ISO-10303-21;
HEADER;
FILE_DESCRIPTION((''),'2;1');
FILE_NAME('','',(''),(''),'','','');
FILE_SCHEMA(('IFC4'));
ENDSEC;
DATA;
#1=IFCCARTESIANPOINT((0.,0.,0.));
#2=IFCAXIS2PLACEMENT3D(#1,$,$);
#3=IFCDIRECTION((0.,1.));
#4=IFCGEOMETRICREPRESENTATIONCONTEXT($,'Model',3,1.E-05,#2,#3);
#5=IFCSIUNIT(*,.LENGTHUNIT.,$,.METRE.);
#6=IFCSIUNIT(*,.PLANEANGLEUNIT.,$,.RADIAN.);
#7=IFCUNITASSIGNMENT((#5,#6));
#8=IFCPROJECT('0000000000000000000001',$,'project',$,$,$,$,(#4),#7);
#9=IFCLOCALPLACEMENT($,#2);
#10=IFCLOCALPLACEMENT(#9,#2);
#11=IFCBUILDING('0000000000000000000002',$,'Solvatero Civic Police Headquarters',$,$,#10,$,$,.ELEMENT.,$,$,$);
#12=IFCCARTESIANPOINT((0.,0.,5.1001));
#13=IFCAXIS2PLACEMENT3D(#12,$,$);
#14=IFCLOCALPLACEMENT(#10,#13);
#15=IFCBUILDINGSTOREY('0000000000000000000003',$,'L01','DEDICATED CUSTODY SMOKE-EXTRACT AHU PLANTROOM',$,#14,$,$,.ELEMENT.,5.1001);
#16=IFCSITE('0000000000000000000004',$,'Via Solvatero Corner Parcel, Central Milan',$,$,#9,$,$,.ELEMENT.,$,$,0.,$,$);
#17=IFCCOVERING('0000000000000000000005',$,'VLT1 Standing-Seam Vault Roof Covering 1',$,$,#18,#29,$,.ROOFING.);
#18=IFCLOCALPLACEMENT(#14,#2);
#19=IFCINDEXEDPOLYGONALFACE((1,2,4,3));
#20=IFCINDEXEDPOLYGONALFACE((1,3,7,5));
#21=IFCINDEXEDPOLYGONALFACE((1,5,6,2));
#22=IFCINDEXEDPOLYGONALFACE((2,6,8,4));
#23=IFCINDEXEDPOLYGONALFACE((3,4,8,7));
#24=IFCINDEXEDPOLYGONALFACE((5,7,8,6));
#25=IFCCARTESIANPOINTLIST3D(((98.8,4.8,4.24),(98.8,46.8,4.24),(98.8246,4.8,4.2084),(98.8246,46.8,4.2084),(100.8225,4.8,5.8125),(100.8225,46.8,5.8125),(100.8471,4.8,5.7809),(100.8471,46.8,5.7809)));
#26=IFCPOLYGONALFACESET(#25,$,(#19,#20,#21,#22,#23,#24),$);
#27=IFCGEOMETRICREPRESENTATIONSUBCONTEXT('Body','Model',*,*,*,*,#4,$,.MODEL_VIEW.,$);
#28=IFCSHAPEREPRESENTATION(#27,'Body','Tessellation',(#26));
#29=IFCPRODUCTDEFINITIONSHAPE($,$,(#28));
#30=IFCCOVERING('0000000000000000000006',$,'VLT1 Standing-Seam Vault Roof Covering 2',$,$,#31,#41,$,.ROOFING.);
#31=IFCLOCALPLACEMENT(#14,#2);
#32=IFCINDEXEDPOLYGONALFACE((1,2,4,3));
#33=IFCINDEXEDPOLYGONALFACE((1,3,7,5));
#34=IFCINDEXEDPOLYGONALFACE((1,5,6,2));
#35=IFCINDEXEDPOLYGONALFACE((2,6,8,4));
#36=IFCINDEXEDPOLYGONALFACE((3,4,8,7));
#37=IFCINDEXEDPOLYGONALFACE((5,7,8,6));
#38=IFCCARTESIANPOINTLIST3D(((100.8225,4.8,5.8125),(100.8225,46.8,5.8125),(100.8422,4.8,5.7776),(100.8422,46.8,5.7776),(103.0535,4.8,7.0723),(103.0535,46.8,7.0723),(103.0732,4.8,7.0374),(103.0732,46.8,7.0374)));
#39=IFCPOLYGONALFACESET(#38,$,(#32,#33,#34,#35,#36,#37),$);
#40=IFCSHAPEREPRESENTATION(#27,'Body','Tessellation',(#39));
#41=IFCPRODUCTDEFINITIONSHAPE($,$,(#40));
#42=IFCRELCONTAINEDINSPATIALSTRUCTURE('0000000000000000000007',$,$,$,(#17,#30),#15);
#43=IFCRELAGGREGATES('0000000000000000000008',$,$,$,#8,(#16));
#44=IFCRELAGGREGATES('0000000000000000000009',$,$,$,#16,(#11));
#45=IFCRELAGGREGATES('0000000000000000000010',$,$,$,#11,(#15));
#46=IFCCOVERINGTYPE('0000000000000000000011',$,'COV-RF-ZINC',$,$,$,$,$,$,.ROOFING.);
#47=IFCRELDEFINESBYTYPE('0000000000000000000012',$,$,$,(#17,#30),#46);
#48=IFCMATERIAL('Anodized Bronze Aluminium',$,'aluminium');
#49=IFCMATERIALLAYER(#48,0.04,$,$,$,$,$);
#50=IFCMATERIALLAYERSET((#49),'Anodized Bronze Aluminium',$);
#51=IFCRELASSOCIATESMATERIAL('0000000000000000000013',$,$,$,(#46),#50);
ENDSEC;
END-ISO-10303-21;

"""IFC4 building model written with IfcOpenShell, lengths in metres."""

from ifc_helpers import new_model, si_unit, direction, frame, origin, place, context, subcontext, project, spatial, polyline, outline, extrude, material, layer, layer_set, type_object, element, save


model = new_model("IFC4")

# Units and contexts
model_context = context("Model", 3, precision=1e-05, world=origin(), true_north=direction((0.0, 1.0)))
body_context = subcontext(model_context, "Body", "Model", "MODEL_VIEW")
ifc_project = project(units=[si_unit("LENGTHUNIT", "METRE"), si_unit("PLANEANGLEUNIT", "RADIAN")], contexts=[model_context])

# Site, building, storey
site_placement = place(None, origin())
site = spatial("IfcSite", under=ifc_project, at=site_placement, Name="Via Solvatero Corner Parcel, Central Milan", CompositionType="ELEMENT", RefElevation=0.0)
building_placement = place(site_placement, origin())
building = spatial("IfcBuilding", under=site, at=building_placement, Name="Solvatero Civic Police Headquarters", CompositionType="ELEMENT")
storey_placement = place(building_placement, frame((0.0, 0.0, 5.1001)))
storey = spatial("IfcBuildingStorey", under=building, at=storey_placement, Name="L01", Description="DEDICATED CUSTODY SMOKE-EXTRACT AHU PLANTROOM", CompositionType="ELEMENT", Elevation=5.1001)

# Shared definitions
ifc_material_1 = material(Name="Anodized Bronze Aluminium", Category="aluminium")

# Coverings
ifc_layer_1 = layer(ifc_material_1, 0.04)
ifc_layer_set_1 = layer_set([ifc_layer_1], Name="Anodized Bronze Aluminium")
covering_type = type_object("IfcCoveringType", Name="COV-RF-ZINC", PredefinedType="ROOFING", material=ifc_layer_set_1)
covering_1_placement = place(storey_placement, frame((98.8, 4.8, 4.24), z_axis=(-0.613815, 0.0, 0.78945), x_axis=(0.78945, 0.0, 0.613815)))
element("IfcCovering", 1, at=covering_1_placement, inside=storey, type_object=covering_type, Name="VLT1 Standing-Seam Vault Roof Covering 1", PredefinedType="ROOFING", context=body_context, shape_type="SweptSolid", body=[
    extrude(outline(polyline([(0.0, 0.0), (2.5619, 0.0), (2.5619, 42.0), (0.0, 42.0), (0.0, 0.0)])), origin(), (0.0, 0.0, -1.0), 0.04),
])
covering_2_placement = place(storey_placement, frame((100.8225, 4.8, 5.8125), z_axis=(-0.491699, 0.0, 0.870765), x_axis=(0.870765, 0.0, 0.491699)))
element("IfcCovering", 2, at=covering_2_placement, inside=storey, type_object=covering_type, Name="VLT1 Standing-Seam Vault Roof Covering 2", PredefinedType="ROOFING", context=body_context, shape_type="SweptSolid", body=[
    extrude(outline(polyline([(0.0, 0.0), (2.5621, 0.0), (2.5621, 42.0), (0.0, 42.0), (0.0, 0.0)])), origin(), (0.0, 0.0, -1.0), 0.04),
])

save(model, "model.ifc")
